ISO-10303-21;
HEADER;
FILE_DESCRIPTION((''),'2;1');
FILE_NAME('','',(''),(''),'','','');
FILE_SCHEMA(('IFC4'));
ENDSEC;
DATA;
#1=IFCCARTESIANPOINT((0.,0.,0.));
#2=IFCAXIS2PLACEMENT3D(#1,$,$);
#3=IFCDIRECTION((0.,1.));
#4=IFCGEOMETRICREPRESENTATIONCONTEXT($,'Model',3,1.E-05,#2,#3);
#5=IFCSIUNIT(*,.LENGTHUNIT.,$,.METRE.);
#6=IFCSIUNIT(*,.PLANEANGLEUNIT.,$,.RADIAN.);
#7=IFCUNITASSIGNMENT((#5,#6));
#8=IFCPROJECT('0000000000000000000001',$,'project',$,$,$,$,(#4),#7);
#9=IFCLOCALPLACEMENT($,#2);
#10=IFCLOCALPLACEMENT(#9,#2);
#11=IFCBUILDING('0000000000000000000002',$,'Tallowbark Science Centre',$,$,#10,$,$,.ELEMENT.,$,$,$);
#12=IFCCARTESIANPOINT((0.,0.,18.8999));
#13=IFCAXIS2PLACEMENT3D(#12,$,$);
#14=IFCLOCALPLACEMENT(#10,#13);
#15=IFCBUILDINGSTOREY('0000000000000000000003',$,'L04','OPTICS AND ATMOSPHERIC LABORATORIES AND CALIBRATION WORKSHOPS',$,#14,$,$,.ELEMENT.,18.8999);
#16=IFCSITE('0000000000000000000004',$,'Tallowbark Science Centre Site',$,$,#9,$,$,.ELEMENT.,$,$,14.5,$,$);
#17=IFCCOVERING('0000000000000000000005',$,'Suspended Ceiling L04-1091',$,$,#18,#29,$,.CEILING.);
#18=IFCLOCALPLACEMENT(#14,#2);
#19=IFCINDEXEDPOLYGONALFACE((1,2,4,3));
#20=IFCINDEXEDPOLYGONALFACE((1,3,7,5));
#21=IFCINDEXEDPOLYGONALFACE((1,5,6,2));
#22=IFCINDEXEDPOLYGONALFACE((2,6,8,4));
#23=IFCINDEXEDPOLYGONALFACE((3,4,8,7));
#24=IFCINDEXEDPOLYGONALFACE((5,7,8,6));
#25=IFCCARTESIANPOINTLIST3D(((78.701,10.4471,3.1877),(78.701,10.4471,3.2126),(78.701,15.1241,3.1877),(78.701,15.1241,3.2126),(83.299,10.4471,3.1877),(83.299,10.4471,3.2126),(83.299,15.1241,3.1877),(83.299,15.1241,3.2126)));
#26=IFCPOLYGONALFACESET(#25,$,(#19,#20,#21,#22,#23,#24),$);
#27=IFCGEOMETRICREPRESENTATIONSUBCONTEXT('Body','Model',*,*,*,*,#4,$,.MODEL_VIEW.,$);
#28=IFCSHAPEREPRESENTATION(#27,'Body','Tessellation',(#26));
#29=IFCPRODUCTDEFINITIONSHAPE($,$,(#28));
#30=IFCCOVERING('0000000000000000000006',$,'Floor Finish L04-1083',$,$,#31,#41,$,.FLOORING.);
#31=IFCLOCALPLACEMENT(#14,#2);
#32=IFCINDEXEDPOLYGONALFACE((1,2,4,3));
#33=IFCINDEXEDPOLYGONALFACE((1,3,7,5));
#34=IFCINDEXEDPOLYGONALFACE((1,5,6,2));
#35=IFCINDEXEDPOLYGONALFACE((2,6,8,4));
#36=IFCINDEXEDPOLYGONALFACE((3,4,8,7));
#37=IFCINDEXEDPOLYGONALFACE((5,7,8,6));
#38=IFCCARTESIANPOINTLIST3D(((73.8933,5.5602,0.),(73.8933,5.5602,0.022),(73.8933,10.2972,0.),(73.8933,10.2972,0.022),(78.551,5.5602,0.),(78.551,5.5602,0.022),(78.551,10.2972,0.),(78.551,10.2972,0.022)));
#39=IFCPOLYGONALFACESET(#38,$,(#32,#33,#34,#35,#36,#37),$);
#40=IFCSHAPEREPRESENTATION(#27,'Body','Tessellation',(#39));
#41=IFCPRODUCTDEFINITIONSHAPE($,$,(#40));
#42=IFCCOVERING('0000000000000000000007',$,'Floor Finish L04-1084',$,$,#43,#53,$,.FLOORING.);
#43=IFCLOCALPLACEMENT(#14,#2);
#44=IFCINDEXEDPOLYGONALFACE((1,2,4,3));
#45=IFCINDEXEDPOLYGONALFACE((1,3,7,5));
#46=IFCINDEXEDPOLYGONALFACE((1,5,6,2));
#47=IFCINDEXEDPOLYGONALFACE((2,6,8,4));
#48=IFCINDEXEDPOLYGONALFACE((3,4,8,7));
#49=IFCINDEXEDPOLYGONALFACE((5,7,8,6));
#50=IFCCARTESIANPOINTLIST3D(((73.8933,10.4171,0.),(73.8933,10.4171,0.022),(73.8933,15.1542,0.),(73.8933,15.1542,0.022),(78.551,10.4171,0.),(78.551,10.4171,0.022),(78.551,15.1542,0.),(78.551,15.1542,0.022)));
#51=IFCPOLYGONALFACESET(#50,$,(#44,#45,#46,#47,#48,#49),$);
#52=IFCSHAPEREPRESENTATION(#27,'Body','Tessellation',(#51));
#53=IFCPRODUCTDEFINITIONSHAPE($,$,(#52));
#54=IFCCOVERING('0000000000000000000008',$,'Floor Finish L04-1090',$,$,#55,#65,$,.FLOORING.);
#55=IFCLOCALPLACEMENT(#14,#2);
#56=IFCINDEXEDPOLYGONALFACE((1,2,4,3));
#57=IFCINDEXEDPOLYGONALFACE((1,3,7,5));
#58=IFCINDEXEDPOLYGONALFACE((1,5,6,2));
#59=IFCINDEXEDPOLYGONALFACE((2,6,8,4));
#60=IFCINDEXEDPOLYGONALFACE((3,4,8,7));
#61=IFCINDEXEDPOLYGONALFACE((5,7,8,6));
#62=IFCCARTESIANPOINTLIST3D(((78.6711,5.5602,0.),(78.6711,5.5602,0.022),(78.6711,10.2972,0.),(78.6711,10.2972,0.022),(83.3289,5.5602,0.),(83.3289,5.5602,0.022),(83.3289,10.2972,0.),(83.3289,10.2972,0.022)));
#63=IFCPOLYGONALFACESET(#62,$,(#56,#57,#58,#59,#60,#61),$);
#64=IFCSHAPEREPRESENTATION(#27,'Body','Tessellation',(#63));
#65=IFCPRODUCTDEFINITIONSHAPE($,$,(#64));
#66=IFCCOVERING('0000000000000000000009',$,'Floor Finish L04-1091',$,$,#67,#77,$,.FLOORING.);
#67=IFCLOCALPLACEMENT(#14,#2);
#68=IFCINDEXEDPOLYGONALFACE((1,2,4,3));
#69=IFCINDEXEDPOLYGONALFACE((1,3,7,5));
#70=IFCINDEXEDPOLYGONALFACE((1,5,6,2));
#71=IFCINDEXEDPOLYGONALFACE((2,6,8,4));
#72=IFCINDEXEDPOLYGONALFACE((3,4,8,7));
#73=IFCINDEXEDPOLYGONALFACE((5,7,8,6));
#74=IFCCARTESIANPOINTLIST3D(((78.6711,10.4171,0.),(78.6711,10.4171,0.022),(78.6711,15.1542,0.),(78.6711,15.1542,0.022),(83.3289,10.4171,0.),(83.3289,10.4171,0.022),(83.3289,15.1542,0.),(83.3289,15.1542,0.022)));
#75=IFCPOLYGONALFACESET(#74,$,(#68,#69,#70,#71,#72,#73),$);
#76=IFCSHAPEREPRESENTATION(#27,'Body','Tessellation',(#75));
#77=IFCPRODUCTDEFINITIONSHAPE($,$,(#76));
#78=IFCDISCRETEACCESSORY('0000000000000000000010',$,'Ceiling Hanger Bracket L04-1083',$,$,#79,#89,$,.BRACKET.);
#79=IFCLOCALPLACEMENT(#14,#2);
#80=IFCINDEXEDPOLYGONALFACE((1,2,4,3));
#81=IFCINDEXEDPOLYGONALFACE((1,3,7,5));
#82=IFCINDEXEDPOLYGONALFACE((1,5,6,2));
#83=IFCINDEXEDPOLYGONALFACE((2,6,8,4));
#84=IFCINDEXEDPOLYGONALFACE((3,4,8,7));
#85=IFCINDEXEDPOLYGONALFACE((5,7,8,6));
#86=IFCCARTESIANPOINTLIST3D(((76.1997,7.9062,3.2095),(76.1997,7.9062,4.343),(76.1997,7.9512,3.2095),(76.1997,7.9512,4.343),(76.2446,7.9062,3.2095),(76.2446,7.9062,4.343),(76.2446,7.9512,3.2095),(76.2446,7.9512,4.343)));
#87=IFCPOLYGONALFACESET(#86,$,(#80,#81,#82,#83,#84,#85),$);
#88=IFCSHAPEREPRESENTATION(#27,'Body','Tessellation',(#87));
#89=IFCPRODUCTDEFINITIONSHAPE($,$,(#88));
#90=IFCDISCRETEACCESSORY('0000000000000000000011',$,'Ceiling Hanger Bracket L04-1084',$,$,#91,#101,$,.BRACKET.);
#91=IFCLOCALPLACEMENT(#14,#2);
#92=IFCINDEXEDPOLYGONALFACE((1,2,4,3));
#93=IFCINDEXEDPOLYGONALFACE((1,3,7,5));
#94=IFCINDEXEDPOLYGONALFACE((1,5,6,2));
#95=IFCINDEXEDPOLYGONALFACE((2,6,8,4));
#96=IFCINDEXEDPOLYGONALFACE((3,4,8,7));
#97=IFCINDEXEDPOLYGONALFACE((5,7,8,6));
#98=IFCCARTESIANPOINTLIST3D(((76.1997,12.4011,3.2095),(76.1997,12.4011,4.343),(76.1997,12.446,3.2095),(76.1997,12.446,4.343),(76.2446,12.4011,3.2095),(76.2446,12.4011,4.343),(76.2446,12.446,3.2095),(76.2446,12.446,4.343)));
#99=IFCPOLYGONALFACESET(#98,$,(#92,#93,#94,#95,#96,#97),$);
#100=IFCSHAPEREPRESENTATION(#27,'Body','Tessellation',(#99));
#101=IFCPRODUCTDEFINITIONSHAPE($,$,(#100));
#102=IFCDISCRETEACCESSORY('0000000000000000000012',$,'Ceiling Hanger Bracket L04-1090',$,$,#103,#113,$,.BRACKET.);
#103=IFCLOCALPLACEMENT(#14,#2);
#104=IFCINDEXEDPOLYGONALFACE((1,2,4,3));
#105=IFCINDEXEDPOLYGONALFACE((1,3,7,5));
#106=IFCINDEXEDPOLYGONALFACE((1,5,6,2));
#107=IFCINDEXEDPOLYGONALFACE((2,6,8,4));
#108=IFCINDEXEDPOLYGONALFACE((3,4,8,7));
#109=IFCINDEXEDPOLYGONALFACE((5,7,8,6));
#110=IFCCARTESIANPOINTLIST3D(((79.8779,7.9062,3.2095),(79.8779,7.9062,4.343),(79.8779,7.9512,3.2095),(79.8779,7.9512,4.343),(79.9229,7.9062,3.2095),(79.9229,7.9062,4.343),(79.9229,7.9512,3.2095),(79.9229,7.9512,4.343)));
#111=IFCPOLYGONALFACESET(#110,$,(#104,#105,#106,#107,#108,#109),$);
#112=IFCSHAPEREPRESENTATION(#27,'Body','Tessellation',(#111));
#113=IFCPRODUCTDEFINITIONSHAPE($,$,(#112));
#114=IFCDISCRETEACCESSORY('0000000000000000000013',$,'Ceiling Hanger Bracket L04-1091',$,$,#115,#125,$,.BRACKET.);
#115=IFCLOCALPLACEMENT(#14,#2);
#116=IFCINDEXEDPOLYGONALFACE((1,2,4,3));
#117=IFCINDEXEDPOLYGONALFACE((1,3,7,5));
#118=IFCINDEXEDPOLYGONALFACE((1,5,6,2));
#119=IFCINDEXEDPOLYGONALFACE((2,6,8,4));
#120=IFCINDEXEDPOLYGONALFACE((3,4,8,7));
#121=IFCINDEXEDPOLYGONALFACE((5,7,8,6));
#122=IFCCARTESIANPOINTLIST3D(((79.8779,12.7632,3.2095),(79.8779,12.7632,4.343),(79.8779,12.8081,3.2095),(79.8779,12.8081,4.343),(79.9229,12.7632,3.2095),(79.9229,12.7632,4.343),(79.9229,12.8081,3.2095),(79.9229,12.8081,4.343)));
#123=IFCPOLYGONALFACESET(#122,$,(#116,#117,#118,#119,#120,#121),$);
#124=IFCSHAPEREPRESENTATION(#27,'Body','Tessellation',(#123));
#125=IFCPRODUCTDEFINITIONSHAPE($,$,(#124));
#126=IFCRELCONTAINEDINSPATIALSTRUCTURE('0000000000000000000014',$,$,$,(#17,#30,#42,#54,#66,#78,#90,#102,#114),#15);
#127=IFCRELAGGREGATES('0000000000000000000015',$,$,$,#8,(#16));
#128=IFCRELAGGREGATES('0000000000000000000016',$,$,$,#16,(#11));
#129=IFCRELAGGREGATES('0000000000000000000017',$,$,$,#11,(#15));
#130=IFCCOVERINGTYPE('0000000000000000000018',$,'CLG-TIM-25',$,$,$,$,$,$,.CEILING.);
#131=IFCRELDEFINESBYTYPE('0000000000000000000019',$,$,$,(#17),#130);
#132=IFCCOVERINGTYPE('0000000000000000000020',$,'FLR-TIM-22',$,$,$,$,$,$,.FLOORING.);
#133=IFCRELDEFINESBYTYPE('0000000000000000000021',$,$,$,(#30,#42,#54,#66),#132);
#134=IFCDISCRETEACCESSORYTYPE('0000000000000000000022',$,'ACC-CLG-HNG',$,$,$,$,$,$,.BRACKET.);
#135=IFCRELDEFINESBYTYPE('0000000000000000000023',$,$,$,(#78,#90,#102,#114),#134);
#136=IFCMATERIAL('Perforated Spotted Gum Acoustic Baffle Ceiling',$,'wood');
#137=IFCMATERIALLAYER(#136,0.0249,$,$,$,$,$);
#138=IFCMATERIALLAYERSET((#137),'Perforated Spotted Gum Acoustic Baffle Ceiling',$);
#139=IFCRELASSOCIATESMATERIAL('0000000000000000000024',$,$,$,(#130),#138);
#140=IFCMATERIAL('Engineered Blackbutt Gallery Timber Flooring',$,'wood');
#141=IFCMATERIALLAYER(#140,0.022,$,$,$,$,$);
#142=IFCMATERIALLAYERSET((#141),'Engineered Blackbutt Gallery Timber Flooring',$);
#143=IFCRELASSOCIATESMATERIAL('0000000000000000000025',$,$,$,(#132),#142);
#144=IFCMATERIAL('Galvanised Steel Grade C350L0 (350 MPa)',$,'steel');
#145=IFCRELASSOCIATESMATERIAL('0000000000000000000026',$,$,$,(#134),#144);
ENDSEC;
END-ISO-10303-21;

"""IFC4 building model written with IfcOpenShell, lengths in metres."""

from ifc_helpers import new_model, si_unit, direction, frame, origin, origin_2d, place, context, subcontext, project, spatial, rectangle, extrude, material, layer, layer_set, type_object, element, save


model = new_model("IFC4")

# Units and contexts
model_context = context("Model", 3, precision=1e-05, world=origin(), true_north=direction((0.0, 1.0)))
body_context = subcontext(model_context, "Body", "Model", "MODEL_VIEW")
ifc_project = project(units=[si_unit("LENGTHUNIT", "METRE"), si_unit("PLANEANGLEUNIT", "RADIAN")], contexts=[model_context])

# Site, building, storey
site_placement = place(None, origin())
site = spatial("IfcSite", under=ifc_project, at=site_placement, Name="Tallowbark Science Centre Site", CompositionType="ELEMENT", RefElevation=14.5)
building_placement = place(site_placement, origin())
building = spatial("IfcBuilding", under=site, at=building_placement, Name="Tallowbark Science Centre", CompositionType="ELEMENT")
storey_placement = place(building_placement, frame((0.0, 0.0, 18.8999)))
storey = spatial("IfcBuildingStorey", under=building, at=storey_placement, Name="L04", Description="OPTICS AND ATMOSPHERIC LABORATORIES AND CALIBRATION WORKSHOPS", CompositionType="ELEMENT", Elevation=18.8999)

# Coverings
ifc_material_1 = material(Name="Perforated Spotted Gum Acoustic Baffle Ceiling", Category="wood")
ifc_layer_1 = layer(ifc_material_1, 0.0249)
ifc_layer_set_1 = layer_set([ifc_layer_1], Name="Perforated Spotted Gum Acoustic Baffle Ceiling")
covering_type_1 = type_object("IfcCoveringType", Name="CLG-TIM-25", PredefinedType="CEILING", material=ifc_layer_set_1)
for number, where, z_axis, x_axis, name in (
    (1, (81.0, 12.7856, 3.1877), (0.0, 0.0, 1.0), (1.0, 0.0, 0.0), "Suspended Ceiling L04-1091"),
):
    element("IfcCovering", number, at=place(storey_placement, frame(where, z_axis=z_axis, x_axis=x_axis)), inside=storey, type_object=covering_type_1, Name=name, PredefinedType="CEILING", context=body_context, shape_type="SweptSolid", body=[
        extrude(rectangle(XDim=4.5979, YDim=4.677, at=origin_2d()), origin(), (0.0, 0.0, 1.0), 0.0249),
    ])
ifc_material_2 = material(Name="Engineered Blackbutt Gallery Timber Flooring", Category="wood")
ifc_layer_2 = layer(ifc_material_2, 0.022)
ifc_layer_set_2 = layer_set([ifc_layer_2], Name="Engineered Blackbutt Gallery Timber Flooring")
covering_type_2 = type_object("IfcCoveringType", Name="FLR-TIM-22", PredefinedType="FLOORING", material=ifc_layer_set_2)
for number, where, z_axis, x_axis, name in (
    (2, (76.2222, 7.9287, 0.0), (0.0, 0.0, 1.0), (1.0, 0.0, 0.0), "Floor Finish L04-1083"),
    (3, (76.2222, 12.7856, 0.0), (0.0, 0.0, 1.0), (1.0, 0.0, 0.0), "Floor Finish L04-1084"),
    (4, (81.0, 7.9287, 0.0), (0.0, 0.0, 1.0), (1.0, 0.0, 0.0), "Floor Finish L04-1090"),
    (5, (81.0, 12.7856, 0.0), (0.0, 0.0, 1.0), (1.0, 0.0, 0.0), "Floor Finish L04-1091"),
):
    element("IfcCovering", number, at=place(storey_placement, frame(where, z_axis=z_axis, x_axis=x_axis)), inside=storey, type_object=covering_type_2, Name=name, PredefinedType="FLOORING", context=body_context, shape_type="SweptSolid", body=[
        extrude(rectangle(XDim=4.6577, YDim=4.7371, at=origin_2d()), origin(), (0.0, 0.0, 1.0), 0.022),
    ])

# Discrete accessories
ifc_material_3 = material(Name="Galvanised Steel Grade C350L0 (350 MPa)", Category="steel")
discrete_accessory_type = type_object("IfcDiscreteAccessoryType", Name="ACC-CLG-HNG", PredefinedType="BRACKET", material=ifc_material_3)
for number, where, z_axis, x_axis, name in (
    (6, (76.2222, 7.9287, 3.2095), (0.0, 0.0, 1.0), (1.0, 0.0, 0.0), "Ceiling Hanger Bracket L04-1083"),
    (7, (76.2222, 12.4236, 3.2095), (0.0, 0.0, 1.0), (1.0, 0.0, 0.0), "Ceiling Hanger Bracket L04-1084"),
    (8, (79.9004, 7.9287, 3.2095), (0.0, 0.0, 1.0), (1.0, 0.0, 0.0), "Ceiling Hanger Bracket L04-1090"),
    (9, (79.9004, 12.7856, 3.2095), (0.0, 0.0, 1.0), (1.0, 0.0, 0.0), "Ceiling Hanger Bracket L04-1091"),
):
    element("IfcDiscreteAccessory", number, at=place(storey_placement, frame(where, z_axis=z_axis, x_axis=x_axis)), inside=storey, type_object=discrete_accessory_type, Name=name, PredefinedType="BRACKET", context=body_context, shape_type="SweptSolid", body=[
        extrude(rectangle(XDim=0.0449, YDim=0.0449, at=origin_2d()), origin(), (0.0, 0.0, 1.0), 1.1335),
    ])

save(model, "model.ifc")
